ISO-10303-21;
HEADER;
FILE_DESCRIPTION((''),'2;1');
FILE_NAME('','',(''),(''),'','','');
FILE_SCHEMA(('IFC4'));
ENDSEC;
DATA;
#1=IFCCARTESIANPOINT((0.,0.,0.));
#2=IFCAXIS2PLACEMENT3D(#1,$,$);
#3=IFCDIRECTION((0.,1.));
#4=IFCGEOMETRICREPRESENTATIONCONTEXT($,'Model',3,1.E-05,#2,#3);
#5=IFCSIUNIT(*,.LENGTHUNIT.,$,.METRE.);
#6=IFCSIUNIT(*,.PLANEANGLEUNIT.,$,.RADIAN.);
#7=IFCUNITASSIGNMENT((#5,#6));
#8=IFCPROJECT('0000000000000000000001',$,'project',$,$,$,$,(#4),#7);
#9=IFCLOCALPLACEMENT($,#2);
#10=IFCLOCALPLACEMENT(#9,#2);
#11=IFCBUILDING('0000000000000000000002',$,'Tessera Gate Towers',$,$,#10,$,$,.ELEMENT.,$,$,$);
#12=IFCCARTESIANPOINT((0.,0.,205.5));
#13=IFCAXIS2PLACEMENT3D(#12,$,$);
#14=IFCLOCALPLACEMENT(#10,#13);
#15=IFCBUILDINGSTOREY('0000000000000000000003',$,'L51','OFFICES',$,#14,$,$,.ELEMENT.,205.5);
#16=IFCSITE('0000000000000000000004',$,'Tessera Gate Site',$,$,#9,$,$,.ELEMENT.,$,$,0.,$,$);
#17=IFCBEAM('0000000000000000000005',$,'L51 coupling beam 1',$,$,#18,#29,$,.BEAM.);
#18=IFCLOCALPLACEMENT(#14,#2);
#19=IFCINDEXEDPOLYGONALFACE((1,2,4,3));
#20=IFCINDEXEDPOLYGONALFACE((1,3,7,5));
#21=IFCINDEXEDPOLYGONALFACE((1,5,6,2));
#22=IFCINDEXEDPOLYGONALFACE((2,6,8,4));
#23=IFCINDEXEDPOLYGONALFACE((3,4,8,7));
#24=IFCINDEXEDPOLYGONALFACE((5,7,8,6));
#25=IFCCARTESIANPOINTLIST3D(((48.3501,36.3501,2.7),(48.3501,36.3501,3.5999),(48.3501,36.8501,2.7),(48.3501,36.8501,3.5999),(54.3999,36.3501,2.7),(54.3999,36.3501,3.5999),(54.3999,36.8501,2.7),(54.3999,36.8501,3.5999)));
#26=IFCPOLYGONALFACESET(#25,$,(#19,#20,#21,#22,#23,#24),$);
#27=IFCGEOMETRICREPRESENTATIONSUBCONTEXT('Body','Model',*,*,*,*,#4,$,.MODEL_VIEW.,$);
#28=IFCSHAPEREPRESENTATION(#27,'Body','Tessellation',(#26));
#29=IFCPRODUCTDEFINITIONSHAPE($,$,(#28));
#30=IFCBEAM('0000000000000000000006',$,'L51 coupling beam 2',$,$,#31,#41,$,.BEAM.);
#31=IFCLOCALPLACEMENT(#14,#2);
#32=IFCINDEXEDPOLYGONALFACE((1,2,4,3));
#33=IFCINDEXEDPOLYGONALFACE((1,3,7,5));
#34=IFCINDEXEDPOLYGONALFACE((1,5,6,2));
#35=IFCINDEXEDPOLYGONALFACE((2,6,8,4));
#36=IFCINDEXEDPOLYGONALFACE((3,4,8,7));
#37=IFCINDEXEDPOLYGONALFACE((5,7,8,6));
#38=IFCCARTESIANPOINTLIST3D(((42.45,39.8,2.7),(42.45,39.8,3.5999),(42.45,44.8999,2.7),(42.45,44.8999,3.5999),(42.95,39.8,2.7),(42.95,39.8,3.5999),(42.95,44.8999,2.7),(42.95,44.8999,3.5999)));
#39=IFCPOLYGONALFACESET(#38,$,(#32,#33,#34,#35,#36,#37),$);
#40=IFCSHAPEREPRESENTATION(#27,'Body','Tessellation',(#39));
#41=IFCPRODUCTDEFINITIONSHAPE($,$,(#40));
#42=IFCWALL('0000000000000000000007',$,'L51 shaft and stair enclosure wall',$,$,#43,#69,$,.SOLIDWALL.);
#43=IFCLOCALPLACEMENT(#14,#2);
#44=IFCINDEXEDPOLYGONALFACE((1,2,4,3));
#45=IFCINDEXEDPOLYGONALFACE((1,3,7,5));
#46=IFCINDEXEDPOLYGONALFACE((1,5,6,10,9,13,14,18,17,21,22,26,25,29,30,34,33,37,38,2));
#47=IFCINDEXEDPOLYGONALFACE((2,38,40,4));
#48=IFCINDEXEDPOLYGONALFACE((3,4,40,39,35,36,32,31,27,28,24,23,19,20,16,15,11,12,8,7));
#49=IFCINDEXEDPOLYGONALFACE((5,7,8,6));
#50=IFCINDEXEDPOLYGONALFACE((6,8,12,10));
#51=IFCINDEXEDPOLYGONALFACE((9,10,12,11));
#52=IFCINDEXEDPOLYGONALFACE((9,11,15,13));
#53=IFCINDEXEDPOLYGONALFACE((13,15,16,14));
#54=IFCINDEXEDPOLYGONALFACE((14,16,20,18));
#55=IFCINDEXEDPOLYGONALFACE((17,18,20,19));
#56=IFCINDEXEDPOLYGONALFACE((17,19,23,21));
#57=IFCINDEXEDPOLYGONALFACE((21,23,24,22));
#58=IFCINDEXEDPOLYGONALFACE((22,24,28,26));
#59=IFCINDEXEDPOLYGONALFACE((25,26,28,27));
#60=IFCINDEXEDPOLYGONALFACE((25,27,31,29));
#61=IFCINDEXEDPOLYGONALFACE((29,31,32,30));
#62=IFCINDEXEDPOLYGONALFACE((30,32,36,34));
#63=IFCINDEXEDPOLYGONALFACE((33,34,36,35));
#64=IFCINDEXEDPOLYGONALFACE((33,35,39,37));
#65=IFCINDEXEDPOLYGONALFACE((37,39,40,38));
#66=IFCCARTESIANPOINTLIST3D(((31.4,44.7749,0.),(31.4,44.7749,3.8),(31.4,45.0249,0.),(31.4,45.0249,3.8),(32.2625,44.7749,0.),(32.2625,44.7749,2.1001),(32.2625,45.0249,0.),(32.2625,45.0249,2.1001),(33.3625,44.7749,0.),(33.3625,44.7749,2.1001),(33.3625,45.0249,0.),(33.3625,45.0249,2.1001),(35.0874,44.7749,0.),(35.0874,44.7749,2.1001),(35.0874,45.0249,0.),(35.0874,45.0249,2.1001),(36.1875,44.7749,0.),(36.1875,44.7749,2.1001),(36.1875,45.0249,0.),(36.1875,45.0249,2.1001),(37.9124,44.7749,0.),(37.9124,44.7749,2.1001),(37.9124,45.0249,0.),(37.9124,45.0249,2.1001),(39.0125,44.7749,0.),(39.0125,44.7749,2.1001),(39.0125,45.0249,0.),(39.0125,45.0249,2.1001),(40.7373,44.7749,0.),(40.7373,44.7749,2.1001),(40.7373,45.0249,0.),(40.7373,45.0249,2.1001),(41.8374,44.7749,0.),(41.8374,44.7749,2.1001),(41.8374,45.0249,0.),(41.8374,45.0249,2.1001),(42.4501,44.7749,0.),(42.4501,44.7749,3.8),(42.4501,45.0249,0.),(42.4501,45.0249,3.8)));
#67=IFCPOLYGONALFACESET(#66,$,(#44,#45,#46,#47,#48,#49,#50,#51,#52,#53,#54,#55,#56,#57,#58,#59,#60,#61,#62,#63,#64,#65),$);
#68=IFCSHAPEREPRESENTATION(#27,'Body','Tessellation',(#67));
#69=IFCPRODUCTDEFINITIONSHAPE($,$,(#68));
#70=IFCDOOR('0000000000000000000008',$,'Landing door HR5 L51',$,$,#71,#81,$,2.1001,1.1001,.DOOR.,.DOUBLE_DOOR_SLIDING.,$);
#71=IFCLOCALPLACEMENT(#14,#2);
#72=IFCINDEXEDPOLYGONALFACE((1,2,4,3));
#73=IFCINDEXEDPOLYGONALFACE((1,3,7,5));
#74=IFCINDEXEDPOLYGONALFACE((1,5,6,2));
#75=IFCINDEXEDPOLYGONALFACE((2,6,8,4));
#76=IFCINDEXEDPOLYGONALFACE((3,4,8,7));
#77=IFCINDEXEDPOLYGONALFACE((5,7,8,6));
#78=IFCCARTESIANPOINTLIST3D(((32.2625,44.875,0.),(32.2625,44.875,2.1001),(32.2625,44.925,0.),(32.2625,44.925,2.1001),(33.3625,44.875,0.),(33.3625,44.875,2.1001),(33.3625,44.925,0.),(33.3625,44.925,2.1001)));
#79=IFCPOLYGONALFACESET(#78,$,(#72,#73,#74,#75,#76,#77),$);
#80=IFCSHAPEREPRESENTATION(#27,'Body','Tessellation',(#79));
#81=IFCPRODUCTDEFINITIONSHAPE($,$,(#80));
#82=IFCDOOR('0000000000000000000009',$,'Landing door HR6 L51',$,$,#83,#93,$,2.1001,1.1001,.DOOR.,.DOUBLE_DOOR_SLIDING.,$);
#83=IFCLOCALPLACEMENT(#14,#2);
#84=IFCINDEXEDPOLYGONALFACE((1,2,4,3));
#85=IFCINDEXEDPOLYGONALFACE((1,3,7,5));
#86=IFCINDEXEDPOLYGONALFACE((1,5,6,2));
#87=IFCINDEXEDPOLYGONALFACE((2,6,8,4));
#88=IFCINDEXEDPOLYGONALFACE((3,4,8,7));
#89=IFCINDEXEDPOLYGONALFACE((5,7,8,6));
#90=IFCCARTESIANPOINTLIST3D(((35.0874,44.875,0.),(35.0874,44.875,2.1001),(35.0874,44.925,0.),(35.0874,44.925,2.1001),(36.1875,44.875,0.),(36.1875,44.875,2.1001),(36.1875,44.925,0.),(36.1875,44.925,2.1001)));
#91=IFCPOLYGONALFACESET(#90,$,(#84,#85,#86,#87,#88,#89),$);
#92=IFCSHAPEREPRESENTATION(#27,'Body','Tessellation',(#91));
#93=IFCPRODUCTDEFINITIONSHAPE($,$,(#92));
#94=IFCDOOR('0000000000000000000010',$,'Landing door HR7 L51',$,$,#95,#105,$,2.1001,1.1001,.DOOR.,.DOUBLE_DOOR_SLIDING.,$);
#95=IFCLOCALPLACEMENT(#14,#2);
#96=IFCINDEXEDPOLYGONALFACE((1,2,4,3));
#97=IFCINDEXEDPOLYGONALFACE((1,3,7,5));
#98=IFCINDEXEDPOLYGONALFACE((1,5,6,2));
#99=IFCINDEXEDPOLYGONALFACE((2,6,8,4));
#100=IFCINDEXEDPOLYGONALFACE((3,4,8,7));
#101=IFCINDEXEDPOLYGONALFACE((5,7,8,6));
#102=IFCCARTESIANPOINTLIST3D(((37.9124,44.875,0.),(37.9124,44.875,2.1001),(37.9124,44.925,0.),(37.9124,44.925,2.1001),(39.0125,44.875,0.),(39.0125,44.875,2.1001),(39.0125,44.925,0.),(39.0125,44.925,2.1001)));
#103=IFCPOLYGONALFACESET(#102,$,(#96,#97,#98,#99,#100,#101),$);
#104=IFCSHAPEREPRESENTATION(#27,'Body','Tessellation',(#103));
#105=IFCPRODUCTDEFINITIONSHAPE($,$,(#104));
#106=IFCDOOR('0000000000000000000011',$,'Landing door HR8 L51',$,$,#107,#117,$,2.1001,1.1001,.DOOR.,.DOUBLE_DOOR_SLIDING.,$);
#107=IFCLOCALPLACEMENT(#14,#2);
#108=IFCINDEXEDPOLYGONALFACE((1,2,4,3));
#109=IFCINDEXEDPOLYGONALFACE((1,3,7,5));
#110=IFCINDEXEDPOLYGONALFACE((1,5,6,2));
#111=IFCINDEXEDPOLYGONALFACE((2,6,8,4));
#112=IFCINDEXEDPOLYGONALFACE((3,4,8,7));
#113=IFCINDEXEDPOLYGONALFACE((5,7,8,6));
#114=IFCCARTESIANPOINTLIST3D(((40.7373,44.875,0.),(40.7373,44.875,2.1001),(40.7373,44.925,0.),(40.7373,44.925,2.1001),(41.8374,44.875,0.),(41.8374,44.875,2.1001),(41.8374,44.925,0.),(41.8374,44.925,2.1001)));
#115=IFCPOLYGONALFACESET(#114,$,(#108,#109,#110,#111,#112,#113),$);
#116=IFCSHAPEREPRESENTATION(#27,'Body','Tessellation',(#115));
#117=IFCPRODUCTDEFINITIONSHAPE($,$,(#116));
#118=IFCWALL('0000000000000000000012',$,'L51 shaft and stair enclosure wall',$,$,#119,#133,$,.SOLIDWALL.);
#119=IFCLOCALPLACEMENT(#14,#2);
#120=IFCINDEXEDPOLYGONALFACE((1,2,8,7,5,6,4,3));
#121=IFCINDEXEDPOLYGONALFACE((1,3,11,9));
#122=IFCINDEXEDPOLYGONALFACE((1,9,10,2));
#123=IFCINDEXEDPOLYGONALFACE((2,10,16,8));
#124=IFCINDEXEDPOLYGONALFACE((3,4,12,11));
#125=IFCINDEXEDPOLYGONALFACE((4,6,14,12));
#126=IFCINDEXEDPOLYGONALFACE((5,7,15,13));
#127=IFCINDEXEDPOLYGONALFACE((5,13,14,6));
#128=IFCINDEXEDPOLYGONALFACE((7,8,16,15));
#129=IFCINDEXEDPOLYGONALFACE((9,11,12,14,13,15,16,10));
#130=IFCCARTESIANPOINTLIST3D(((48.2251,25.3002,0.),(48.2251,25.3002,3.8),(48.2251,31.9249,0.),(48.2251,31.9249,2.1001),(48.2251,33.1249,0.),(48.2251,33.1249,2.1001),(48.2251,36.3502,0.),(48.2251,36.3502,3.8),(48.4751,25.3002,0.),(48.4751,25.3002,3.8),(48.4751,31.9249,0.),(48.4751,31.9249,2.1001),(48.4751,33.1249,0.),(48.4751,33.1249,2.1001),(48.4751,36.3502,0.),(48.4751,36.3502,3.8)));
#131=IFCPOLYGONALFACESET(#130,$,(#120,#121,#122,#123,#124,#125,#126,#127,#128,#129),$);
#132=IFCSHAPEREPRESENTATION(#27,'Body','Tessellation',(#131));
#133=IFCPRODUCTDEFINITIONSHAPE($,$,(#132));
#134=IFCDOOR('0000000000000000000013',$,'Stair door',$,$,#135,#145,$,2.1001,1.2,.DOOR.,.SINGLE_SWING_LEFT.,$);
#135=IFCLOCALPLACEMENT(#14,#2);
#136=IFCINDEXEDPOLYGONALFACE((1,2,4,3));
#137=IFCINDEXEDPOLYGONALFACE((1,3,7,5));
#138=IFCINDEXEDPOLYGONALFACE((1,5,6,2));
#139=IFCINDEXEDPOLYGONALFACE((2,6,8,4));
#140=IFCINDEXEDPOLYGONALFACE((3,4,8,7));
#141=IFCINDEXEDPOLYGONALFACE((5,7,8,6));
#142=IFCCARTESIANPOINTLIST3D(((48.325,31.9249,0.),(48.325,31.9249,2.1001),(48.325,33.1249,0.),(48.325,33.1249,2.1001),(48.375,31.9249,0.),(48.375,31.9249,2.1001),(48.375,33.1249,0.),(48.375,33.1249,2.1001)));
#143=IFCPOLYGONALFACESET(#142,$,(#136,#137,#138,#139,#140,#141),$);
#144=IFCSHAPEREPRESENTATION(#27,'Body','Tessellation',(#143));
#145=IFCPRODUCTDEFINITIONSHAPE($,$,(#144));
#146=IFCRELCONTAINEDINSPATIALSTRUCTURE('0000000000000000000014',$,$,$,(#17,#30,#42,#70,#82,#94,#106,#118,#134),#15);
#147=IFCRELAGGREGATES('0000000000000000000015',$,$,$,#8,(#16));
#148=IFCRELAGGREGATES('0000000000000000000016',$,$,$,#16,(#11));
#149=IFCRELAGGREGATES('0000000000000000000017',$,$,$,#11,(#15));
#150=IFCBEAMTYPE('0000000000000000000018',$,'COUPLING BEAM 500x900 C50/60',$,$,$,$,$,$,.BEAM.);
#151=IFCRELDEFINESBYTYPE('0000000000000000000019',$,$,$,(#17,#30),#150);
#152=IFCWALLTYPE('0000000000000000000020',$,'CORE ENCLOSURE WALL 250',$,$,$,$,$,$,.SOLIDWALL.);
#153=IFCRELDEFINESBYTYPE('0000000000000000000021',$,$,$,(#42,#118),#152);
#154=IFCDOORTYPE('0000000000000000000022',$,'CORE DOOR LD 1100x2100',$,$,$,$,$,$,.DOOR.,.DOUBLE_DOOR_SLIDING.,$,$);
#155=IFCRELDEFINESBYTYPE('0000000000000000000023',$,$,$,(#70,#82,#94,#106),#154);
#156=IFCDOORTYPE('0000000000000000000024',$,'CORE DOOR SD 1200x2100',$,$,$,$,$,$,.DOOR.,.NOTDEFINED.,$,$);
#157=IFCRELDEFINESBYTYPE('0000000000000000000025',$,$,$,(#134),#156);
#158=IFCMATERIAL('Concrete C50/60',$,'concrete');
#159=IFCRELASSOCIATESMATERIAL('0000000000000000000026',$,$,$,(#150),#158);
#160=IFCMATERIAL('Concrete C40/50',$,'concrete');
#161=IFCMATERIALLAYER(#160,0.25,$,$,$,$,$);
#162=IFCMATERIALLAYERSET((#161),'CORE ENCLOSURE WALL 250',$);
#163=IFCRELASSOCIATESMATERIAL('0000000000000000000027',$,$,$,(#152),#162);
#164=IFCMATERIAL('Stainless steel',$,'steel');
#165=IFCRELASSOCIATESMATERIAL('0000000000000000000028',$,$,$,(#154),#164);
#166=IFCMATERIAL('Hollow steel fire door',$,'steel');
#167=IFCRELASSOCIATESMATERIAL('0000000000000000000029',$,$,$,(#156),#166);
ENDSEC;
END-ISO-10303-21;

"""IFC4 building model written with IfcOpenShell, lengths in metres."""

from ifc_helpers import new_model, si_unit, direction, frame, frame_2d, origin, origin_2d, place, context, subcontext, project, spatial, rectangle, extrude, source, transform, mapped, material, layer, layer_set, material_profile, profile_set, type_object, element, fill, save


model = new_model("IFC4")

# Units and contexts
model_context = context("Model", 3, precision=1e-05, world=origin(), true_north=direction((0.0, 1.0)))
body_context = subcontext(model_context, "Body", "Model", "MODEL_VIEW")
ifc_project = project(units=[si_unit("LENGTHUNIT", "METRE"), si_unit("PLANEANGLEUNIT", "RADIAN")], contexts=[model_context])

# Site, building, storey
site_placement = place(None, origin())
site = spatial("IfcSite", under=ifc_project, at=site_placement, Name="Tessera Gate Site", CompositionType="ELEMENT", RefElevation=0.0)
building_placement = place(site_placement, origin())
building = spatial("IfcBuilding", under=site, at=building_placement, Name="Tessera Gate Towers", CompositionType="ELEMENT")
storey_placement = place(building_placement, frame((0.0, 0.0, 205.5)))
storey = spatial("IfcBuildingStorey", under=building, at=storey_placement, Name="L51", Description="OFFICES", CompositionType="ELEMENT", Elevation=205.5)

# Beams
ifc_material_1 = material(Name="Concrete C50/60", Category="concrete")
ifc_material_profile = material_profile(ifc_material_1, rectangle(XDim=0.5, YDim=0.8999, at=origin_2d()), Name="RC 500x900")
ifc_profile_set = profile_set([ifc_material_profile], Name="Concrete C50/60")
beam_type = type_object("IfcBeamType", Name="COUPLING BEAM 500x900 C50/60", PredefinedType="BEAM", material=ifc_profile_set)
beam_1_placement = place(storey_placement, frame((48.3501, 36.6001, 3.1499), z_axis=(1.0, 0.0, 0.0), x_axis=(0.0, 1.0, 0.0)))
element("IfcBeam", 1, at=beam_1_placement, inside=storey, type_object=beam_type, Name="L51 coupling beam 1", PredefinedType="BEAM", context=body_context, shape_type="SweptSolid", body=[
    extrude(rectangle(XDim=0.5, YDim=0.8999, at=origin_2d()), origin(), (0.0, 0.0, 1.0), 6.0498),
])
beam_2_placement = place(storey_placement, frame((42.7, 39.8, 3.1499), z_axis=(0.0, 1.0, 0.0), x_axis=(-1.0, 0.0, 0.0)))
element("IfcBeam", 2, at=beam_2_placement, inside=storey, type_object=beam_type, Name="L51 coupling beam 2", PredefinedType="BEAM", context=body_context, shape_type="SweptSolid", body=[
    extrude(rectangle(XDim=0.5, YDim=0.8999, at=origin_2d()), origin(), (0.0, 0.0, 1.0), 5.0999),
])

# Wall, openings, doors
ifc_material_2 = material(Name="Concrete C40/50", Category="concrete")
ifc_layer_1 = layer(ifc_material_2, 0.25)
ifc_layer_set_1 = layer_set([ifc_layer_1], Name="CORE ENCLOSURE WALL 250")
wall_type_1 = type_object("IfcWallType", Name="CORE ENCLOSURE WALL 250", PredefinedType="SOLIDWALL", material=ifc_layer_set_1)
wall_1_placement = place(storey_placement, frame((42.45, 44.8999, 0.0), z_axis=(0.0, 0.0, 1.0), x_axis=(-1.0, 0.0, 0.0)))
wall_1 = element("IfcWall", 3, at=wall_1_placement, inside=storey, type_object=wall_type_1, Name="L51 shaft and stair enclosure wall", PredefinedType="SOLIDWALL", context=body_context, shape_type="SweptSolid", body=[
    extrude(rectangle(XDim=11.05, YDim=0.25, at=frame_2d((5.5249, 0.0))), origin(), (0.0, 0.0, 1.0), 3.8),
])
shared_shape_1 = source(origin(), body_context, "Body", "SweptSolid", [
    extrude(rectangle(XDim=1.1001, YDim=2.1001, at=frame_2d((0.55, 1.05))), frame((0.0, 0.135, 0.0), z_axis=(0.0, -1.0, 0.0), x_axis=(1.0, 0.0, 0.0)), (0.0, 0.0, 1.0), 0.27),
])
opening_1_placement = place(wall_1_placement, frame((9.0874, 0.0, 0.0)))
opening_1 = element("IfcOpeningElement", 4, at=opening_1_placement, cuts=wall_1, PredefinedType="OPENING", context=body_context, shape_type="MappedRepresentation", body=[
    mapped(shared_shape_1, transform((0.0, 0.0, 0.0), scale=1.0)),
])
opening_2_placement = place(wall_1_placement, frame((6.2625, 0.0, 0.0)))
opening_2 = element("IfcOpeningElement", 5, at=opening_2_placement, cuts=wall_1, PredefinedType="OPENING", context=body_context, shape_type="MappedRepresentation", body=[
    mapped(shared_shape_1, transform((0.0, 0.0, 0.0), scale=1.0)),
])
opening_3_placement = place(wall_1_placement, frame((3.4375, 0.0, 0.0)))
opening_3 = element("IfcOpeningElement", 6, at=opening_3_placement, cuts=wall_1, PredefinedType="OPENING", context=body_context, shape_type="MappedRepresentation", body=[
    mapped(shared_shape_1, transform((0.0, 0.0, 0.0), scale=1.0)),
])
opening_4_placement = place(wall_1_placement, frame((0.6125, 0.0, 0.0)))
opening_4 = element("IfcOpeningElement", 7, at=opening_4_placement, cuts=wall_1, PredefinedType="OPENING", context=body_context, shape_type="MappedRepresentation", body=[
    mapped(shared_shape_1, transform((0.0, 0.0, 0.0), scale=1.0)),
])
ifc_material_3 = material(Name="Stainless steel", Category="steel")
door_type_1 = type_object("IfcDoorType", Name="CORE DOOR LD 1100x2100", OperationType="DOUBLE_DOOR_SLIDING", PredefinedType="DOOR", material=ifc_material_3)
shared_shape_2 = source(origin(), body_context, "Body", "SweptSolid", [
    extrude(rectangle(XDim=1.1001, YDim=2.1001, at=frame_2d((0.55, 1.05))), frame((0.0, 0.0249, 0.0), z_axis=(0.0, -1.0, 0.0), x_axis=(1.0, 0.0, 0.0)), (0.0, 0.0, 1.0), 0.05),
])
door_1_placement = place(opening_1_placement, origin())
door_1 = element("IfcDoor", 8, at=door_1_placement, inside=storey, type_object=door_type_1, Name="Landing door HR5 L51", OperationType="DOUBLE_DOOR_SLIDING", OverallHeight=2.1001, OverallWidth=1.1001, PredefinedType="DOOR", context=body_context, shape_type="MappedRepresentation", body=[
    mapped(shared_shape_2, transform((0.0, 0.0, 0.0), scale=1.0)),
])
fill(opening_1, door_1)
door_2_placement = place(opening_2_placement, origin())
door_2 = element("IfcDoor", 9, at=door_2_placement, inside=storey, type_object=door_type_1, Name="Landing door HR6 L51", OperationType="DOUBLE_DOOR_SLIDING", OverallHeight=2.1001, OverallWidth=1.1001, PredefinedType="DOOR", context=body_context, shape_type="MappedRepresentation", body=[
    mapped(shared_shape_2, transform((0.0, 0.0, 0.0), scale=1.0)),
])
fill(opening_2, door_2)
door_3_placement = place(opening_3_placement, origin())
door_3 = element("IfcDoor", 10, at=door_3_placement, inside=storey, type_object=door_type_1, Name="Landing door HR7 L51", OperationType="DOUBLE_DOOR_SLIDING", OverallHeight=2.1001, OverallWidth=1.1001, PredefinedType="DOOR", context=body_context, shape_type="MappedRepresentation", body=[
    mapped(shared_shape_2, transform((0.0, 0.0, 0.0), scale=1.0)),
])
fill(opening_3, door_3)
door_4_placement = place(opening_4_placement, origin())
door_4 = element("IfcDoor", 11, at=door_4_placement, inside=storey, type_object=door_type_1, Name="Landing door HR8 L51", OperationType="DOUBLE_DOOR_SLIDING", OverallHeight=2.1001, OverallWidth=1.1001, PredefinedType="DOOR", context=body_context, shape_type="MappedRepresentation", body=[
    mapped(shared_shape_2, transform((0.0, 0.0, 0.0), scale=1.0)),
])
fill(opening_4, door_4)

# Wall, opening, door
wall_2_placement = place(storey_placement, frame((48.3501, 36.3501, 0.0), z_axis=(0.0, 0.0, 1.0), x_axis=(0.0, -1.0, 0.0)))
wall_2 = element("IfcWall", 12, at=wall_2_placement, inside=storey, type_object=wall_type_1, Name="L51 shaft and stair enclosure wall", PredefinedType="SOLIDWALL", context=body_context, shape_type="SweptSolid", body=[
    extrude(rectangle(XDim=11.05, YDim=0.25, at=frame_2d((5.5249, 0.0))), origin(), (0.0, 0.0, 1.0), 3.8),
])
shared_shape_3 = source(origin(), body_context, "Body", "SweptSolid", [
    extrude(rectangle(XDim=1.2, YDim=2.1001, at=frame_2d((0.6001, 1.05))), frame((0.0, 0.135, 0.0), z_axis=(0.0, -1.0, 0.0), x_axis=(1.0, 0.0, 0.0)), (0.0, 0.0, 1.0), 0.27),
])
opening_5_placement = place(wall_2_placement, frame((3.2251, 0.0, 0.0)))
opening_5 = element("IfcOpeningElement", 13, at=opening_5_placement, cuts=wall_2, PredefinedType="OPENING", context=body_context, shape_type="MappedRepresentation", body=[
    mapped(shared_shape_3, transform((0.0, 0.0, 0.0), scale=1.0)),
])
ifc_material_4 = material(Name="Hollow steel fire door", Category="steel")
door_type_2 = type_object("IfcDoorType", Name="CORE DOOR SD 1200x2100", OperationType="NOTDEFINED", PredefinedType="DOOR", material=ifc_material_4)
shared_shape_4 = source(origin(), body_context, "Body", "SweptSolid", [
    extrude(rectangle(XDim=1.2, YDim=2.1001, at=frame_2d((0.6001, 1.05))), frame((0.0, 0.0249, 0.0), z_axis=(0.0, -1.0, 0.0), x_axis=(1.0, 0.0, 0.0)), (0.0, 0.0, 1.0), 0.05),
])
door_5_placement = place(opening_5_placement, origin())
door_5 = element("IfcDoor", 14, at=door_5_placement, inside=storey, type_object=door_type_2, Name="Stair door", OperationType="SINGLE_SWING_LEFT", OverallHeight=2.1001, OverallWidth=1.2, PredefinedType="DOOR", context=body_context, shape_type="MappedRepresentation", body=[
    mapped(shared_shape_4, transform((0.0, 0.0, 0.0), scale=1.0)),
])
fill(opening_5, door_5)

save(model, "model.ifc")
